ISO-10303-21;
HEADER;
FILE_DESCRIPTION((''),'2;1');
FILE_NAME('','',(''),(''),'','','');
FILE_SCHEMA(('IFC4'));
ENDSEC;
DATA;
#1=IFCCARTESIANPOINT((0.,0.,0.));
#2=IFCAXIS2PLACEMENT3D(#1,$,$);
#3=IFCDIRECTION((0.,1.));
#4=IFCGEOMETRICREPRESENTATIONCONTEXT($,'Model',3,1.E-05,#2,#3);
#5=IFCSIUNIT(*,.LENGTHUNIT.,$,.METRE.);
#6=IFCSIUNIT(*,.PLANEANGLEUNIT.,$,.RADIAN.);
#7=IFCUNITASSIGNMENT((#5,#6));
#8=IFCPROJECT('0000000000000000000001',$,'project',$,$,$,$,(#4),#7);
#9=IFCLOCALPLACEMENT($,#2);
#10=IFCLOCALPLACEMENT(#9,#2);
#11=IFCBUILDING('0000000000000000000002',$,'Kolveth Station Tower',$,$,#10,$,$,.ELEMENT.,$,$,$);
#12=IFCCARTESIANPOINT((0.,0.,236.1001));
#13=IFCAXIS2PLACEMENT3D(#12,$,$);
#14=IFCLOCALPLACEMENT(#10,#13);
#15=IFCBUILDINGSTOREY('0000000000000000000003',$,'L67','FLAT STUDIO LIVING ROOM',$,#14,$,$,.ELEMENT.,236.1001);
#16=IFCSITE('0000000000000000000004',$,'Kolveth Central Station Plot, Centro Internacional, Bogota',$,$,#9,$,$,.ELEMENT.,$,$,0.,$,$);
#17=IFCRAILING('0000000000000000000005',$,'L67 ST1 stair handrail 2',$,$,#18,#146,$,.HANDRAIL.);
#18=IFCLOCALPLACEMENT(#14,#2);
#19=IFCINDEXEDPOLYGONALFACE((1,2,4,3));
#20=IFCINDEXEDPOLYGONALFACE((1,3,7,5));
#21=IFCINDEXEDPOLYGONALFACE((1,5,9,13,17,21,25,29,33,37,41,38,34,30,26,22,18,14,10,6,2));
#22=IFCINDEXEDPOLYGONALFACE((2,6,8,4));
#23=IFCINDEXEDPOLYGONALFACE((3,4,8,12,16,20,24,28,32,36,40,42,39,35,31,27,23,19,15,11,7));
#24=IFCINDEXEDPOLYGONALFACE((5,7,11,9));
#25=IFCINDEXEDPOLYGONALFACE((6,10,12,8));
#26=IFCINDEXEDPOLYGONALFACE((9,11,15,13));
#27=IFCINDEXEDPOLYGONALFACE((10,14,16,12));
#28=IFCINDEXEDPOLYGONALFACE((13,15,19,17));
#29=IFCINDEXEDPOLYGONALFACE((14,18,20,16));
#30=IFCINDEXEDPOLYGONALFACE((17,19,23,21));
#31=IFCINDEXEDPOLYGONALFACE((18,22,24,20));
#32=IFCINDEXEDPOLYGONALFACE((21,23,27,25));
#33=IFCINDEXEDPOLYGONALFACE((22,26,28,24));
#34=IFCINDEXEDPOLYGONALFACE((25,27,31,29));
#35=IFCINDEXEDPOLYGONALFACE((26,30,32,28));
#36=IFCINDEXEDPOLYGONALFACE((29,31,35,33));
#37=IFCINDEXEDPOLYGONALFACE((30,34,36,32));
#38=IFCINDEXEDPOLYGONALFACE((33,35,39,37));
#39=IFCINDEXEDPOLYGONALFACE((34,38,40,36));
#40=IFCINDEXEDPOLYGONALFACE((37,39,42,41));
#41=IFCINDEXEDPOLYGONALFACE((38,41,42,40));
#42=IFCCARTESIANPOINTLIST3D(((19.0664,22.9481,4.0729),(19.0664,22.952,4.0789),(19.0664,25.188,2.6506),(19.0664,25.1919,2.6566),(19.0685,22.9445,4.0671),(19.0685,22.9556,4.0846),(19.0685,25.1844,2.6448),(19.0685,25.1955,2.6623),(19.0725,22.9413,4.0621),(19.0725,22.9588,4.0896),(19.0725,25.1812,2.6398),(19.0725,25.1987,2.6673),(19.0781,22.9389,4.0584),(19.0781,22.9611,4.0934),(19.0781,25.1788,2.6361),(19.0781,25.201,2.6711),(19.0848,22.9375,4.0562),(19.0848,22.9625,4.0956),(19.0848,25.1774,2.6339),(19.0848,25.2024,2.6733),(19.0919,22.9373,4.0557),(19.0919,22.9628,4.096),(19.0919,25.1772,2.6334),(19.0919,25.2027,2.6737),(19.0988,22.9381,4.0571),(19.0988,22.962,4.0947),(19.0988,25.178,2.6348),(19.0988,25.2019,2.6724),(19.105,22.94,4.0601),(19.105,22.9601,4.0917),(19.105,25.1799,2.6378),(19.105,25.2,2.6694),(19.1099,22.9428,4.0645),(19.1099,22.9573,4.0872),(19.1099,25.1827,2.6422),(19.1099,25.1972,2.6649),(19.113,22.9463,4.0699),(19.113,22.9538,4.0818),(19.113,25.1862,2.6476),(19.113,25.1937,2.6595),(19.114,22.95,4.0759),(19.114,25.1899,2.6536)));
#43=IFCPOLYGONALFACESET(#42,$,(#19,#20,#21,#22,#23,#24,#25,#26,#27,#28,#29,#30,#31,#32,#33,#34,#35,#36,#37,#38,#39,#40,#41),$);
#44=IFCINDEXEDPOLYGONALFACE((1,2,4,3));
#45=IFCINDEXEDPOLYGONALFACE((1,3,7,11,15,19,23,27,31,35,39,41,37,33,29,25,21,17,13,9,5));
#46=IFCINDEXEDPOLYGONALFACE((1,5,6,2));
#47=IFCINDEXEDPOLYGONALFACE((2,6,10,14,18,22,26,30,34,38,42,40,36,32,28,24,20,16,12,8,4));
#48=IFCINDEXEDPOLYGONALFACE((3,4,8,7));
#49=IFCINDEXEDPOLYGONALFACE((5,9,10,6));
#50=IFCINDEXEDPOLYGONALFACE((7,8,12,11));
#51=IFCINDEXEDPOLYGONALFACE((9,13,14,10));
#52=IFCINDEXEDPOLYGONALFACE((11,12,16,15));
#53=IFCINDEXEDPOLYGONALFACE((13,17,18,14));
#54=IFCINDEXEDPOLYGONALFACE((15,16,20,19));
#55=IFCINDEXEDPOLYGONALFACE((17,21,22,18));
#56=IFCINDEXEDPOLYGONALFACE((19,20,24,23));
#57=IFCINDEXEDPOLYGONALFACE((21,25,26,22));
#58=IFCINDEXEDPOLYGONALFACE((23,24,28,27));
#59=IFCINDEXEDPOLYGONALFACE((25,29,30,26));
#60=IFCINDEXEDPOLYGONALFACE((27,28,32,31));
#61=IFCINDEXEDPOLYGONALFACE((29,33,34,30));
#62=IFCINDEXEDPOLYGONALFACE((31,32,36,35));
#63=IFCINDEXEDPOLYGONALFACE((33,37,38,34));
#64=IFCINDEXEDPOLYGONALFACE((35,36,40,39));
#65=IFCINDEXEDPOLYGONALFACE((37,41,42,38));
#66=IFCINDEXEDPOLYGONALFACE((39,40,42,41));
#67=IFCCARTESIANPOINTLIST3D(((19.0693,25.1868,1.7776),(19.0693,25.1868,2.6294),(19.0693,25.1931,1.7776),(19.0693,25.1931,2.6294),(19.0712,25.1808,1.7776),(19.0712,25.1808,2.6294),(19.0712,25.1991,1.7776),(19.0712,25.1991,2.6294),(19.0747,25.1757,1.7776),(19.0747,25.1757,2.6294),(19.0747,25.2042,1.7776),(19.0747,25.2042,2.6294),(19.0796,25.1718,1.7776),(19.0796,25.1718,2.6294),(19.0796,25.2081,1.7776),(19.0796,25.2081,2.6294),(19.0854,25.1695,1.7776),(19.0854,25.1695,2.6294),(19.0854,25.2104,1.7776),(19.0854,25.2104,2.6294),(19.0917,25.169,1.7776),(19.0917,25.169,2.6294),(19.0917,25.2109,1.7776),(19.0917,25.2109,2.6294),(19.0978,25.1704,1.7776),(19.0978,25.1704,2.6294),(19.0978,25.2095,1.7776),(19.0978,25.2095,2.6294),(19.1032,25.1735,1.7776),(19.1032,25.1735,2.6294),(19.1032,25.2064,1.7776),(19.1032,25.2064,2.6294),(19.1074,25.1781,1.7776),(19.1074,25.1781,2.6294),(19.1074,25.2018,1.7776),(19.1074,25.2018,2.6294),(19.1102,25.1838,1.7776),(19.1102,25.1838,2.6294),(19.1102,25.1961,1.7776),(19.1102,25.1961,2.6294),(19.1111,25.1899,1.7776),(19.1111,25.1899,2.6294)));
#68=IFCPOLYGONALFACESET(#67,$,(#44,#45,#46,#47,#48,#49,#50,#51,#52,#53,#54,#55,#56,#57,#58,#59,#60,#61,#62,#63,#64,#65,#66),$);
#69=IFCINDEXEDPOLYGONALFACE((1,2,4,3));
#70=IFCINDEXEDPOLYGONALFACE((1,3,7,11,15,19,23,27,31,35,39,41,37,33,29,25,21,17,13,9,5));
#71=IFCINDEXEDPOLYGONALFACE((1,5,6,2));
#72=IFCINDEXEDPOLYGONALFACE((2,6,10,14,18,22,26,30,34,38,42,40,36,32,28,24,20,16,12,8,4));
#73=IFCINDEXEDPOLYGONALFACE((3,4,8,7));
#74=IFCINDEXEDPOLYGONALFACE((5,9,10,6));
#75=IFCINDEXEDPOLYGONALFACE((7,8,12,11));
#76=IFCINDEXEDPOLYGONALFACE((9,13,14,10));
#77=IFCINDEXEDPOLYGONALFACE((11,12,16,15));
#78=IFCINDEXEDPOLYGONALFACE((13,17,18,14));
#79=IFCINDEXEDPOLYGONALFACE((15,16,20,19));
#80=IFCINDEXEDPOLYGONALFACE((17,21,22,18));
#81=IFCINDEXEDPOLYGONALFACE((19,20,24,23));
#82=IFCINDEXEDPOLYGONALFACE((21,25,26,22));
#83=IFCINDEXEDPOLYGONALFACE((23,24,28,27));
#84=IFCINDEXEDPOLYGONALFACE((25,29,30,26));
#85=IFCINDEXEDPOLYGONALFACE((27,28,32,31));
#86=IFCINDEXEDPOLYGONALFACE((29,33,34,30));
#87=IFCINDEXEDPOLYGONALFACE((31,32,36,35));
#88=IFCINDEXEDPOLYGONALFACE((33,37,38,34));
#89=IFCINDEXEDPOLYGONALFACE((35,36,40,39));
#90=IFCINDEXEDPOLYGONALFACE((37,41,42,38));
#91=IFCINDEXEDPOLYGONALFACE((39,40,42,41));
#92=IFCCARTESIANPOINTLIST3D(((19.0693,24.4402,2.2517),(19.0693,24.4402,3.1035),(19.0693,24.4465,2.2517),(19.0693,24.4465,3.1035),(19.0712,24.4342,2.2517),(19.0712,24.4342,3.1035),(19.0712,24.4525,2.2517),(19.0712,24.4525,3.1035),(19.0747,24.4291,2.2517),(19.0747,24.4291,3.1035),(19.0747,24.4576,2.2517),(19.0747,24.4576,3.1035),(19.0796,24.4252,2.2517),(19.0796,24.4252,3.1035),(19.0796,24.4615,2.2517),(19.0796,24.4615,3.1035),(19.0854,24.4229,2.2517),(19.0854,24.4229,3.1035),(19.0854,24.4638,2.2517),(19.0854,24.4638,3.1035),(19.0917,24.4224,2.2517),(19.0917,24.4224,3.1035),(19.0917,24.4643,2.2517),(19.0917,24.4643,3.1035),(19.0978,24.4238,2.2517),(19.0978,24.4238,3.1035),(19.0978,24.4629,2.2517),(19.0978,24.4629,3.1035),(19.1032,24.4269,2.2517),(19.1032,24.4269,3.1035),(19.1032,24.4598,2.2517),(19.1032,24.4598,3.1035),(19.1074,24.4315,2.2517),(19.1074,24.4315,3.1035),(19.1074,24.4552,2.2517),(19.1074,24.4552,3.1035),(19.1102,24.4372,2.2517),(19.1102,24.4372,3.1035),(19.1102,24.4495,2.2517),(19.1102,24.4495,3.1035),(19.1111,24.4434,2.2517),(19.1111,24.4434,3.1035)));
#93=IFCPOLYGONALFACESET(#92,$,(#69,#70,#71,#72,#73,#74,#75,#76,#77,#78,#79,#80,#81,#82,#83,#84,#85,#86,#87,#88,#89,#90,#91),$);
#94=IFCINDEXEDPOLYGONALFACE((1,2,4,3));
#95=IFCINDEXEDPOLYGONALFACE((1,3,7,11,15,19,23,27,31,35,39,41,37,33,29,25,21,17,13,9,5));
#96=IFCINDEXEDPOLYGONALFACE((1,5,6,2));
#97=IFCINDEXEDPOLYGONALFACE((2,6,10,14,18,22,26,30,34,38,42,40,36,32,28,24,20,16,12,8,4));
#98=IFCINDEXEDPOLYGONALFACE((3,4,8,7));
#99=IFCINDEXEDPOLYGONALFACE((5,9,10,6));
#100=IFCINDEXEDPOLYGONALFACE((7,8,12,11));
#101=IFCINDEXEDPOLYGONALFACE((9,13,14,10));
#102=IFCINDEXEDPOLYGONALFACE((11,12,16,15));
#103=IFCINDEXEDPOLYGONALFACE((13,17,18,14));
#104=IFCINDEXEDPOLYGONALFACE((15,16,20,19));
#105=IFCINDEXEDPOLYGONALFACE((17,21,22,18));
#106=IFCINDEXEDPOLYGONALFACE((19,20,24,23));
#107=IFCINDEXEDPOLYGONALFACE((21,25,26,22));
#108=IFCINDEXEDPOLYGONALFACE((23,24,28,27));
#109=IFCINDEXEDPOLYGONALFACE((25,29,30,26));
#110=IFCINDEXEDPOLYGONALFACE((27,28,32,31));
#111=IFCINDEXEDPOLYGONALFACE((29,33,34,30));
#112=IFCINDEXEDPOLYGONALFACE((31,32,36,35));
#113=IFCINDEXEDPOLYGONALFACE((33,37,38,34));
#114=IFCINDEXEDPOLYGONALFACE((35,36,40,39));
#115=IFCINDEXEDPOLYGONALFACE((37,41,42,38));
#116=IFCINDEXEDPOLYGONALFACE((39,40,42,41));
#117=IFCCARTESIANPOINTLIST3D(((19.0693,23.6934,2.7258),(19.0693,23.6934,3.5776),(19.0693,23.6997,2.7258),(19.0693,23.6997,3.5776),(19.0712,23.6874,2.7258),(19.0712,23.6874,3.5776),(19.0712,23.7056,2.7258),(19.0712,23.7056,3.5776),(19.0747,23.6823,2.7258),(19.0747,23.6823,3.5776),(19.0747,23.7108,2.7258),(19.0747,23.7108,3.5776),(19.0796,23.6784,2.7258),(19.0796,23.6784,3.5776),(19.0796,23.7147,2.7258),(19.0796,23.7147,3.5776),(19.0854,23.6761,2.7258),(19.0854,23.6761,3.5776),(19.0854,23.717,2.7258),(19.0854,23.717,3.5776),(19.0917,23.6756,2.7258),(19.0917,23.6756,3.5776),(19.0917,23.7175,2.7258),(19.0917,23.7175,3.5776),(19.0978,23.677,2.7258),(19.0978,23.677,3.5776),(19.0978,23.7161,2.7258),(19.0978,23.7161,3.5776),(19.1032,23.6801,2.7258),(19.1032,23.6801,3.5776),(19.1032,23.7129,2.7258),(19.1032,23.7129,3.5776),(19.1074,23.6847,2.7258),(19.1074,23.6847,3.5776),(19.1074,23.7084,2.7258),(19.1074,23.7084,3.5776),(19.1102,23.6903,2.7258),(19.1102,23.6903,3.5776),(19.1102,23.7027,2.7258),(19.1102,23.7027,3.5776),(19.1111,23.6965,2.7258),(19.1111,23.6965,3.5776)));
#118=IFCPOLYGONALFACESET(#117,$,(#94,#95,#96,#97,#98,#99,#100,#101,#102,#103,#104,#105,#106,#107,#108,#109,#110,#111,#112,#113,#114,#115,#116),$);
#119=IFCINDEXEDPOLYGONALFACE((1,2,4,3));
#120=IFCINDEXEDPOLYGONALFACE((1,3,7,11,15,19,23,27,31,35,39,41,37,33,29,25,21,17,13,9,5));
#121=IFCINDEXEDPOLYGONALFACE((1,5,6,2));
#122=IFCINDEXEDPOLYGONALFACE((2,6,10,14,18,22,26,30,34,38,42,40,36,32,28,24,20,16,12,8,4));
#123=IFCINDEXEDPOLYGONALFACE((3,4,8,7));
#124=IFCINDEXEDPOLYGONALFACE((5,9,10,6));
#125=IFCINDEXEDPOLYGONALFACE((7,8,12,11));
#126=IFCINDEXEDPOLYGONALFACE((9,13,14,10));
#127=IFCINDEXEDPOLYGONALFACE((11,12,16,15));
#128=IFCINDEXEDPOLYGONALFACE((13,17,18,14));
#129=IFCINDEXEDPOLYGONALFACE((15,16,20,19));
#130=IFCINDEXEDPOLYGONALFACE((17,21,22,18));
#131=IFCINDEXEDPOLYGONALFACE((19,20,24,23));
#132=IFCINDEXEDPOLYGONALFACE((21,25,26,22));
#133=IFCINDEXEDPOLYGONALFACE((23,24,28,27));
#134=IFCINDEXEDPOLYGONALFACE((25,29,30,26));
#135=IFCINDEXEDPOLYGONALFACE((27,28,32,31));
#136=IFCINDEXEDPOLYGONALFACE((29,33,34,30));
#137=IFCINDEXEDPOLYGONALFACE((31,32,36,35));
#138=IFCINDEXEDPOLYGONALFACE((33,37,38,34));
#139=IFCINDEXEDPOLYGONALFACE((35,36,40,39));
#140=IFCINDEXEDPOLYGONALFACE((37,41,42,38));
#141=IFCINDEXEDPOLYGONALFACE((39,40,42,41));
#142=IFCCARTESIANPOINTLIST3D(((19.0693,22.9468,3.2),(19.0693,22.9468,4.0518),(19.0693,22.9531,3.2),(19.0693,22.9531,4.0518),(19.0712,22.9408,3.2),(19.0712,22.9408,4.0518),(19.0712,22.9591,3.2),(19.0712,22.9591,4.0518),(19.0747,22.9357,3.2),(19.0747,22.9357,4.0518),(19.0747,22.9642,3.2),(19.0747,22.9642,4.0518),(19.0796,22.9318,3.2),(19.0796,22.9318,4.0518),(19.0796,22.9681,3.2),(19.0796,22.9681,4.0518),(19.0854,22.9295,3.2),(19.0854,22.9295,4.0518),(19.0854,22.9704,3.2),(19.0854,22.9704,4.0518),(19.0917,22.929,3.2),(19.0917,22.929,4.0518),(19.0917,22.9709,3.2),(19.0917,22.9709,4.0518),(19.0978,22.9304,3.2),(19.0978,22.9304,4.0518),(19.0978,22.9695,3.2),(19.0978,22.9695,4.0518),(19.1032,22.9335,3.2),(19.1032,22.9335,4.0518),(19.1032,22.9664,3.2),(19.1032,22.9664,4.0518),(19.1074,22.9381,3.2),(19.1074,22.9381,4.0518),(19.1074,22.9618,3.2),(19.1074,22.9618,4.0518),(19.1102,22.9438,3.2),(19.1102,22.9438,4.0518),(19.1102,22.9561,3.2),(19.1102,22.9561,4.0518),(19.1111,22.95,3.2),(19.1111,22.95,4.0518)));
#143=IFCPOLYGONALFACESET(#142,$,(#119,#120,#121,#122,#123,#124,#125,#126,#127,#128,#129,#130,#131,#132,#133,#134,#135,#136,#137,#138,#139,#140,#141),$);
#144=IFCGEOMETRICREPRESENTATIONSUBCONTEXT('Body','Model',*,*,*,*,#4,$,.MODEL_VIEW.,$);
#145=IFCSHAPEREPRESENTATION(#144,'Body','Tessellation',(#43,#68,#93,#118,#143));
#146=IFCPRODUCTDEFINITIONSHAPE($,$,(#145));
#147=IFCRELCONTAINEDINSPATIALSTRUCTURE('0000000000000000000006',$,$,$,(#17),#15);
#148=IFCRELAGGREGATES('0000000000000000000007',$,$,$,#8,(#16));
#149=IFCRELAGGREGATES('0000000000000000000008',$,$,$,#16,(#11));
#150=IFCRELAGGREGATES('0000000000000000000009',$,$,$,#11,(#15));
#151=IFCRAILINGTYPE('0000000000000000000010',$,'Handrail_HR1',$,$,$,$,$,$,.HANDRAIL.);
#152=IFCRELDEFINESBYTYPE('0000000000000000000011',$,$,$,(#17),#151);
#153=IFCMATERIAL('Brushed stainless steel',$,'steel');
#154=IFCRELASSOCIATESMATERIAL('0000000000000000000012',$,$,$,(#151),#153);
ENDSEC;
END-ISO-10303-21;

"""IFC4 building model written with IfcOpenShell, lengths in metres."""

from ifc_helpers import new_model, si_unit, direction, frame, origin, origin_2d, place, context, subcontext, project, spatial, circle, extrude, material, type_object, element, save


model = new_model("IFC4")

# Units and contexts
model_context = context("Model", 3, precision=1e-05, world=origin(), true_north=direction((0.0, 1.0)))
body_context = subcontext(model_context, "Body", "Model", "MODEL_VIEW")
ifc_project = project(units=[si_unit("LENGTHUNIT", "METRE"), si_unit("PLANEANGLEUNIT", "RADIAN")], contexts=[model_context])

# Site, building, storey
site_placement = place(None, origin())
site = spatial("IfcSite", under=ifc_project, at=site_placement, Name="Kolveth Central Station Plot, Centro Internacional, Bogota", CompositionType="ELEMENT", RefElevation=0.0)
building_placement = place(site_placement, origin())
building = spatial("IfcBuilding", under=site, at=building_placement, Name="Kolveth Station Tower", CompositionType="ELEMENT")
storey_placement = place(building_placement, frame((0.0, 0.0, 236.1001)))
storey = spatial("IfcBuildingStorey", under=building, at=storey_placement, Name="L67", Description="FLAT STUDIO LIVING ROOM", CompositionType="ELEMENT", Elevation=236.1001)

# Railing
ifc_material_1 = material(Name="Brushed stainless steel", Category="steel")
railing_type_1 = type_object("IfcRailingType", Name="Handrail_HR1", PredefinedType="HANDRAIL", material=ifc_material_1)
railing_1_placement = place(storey_placement, frame((19.0901, 25.1899, 1.7776)))
element("IfcRailing", 1, at=railing_1_placement, inside=storey, type_object=railing_type_1, Name="L67 ST1 stair handrail 2", PredefinedType="HANDRAIL", context=body_context, shape_type="SweptSolid", body=[
    extrude(circle(Radius=0.0239, at=origin_2d()), frame((0.0, 0.0, 0.876), z_axis=(0.0, -0.844188, 0.536048), x_axis=(1.0, 0.0, 0.0)), (0.0, 0.0, 1.0), 2.6533),
    extrude(circle(Radius=0.021, at=origin_2d()), origin(), (0.0, 0.0, 1.0), 0.8518),
    extrude(circle(Radius=0.021, at=origin_2d()), frame((0.0, -0.7466, 0.4741)), (0.0, 0.0, 1.0), 0.8518),
    extrude(circle(Radius=0.021, at=origin_2d()), frame((0.0, -1.4934, 0.9482)), (0.0, 0.0, 1.0), 0.8518),
    extrude(circle(Radius=0.021, at=origin_2d()), frame((0.0, -2.24, 1.4224)), (0.0, 0.0, 1.0), 0.8518),
])

save(model, "model.ifc")
